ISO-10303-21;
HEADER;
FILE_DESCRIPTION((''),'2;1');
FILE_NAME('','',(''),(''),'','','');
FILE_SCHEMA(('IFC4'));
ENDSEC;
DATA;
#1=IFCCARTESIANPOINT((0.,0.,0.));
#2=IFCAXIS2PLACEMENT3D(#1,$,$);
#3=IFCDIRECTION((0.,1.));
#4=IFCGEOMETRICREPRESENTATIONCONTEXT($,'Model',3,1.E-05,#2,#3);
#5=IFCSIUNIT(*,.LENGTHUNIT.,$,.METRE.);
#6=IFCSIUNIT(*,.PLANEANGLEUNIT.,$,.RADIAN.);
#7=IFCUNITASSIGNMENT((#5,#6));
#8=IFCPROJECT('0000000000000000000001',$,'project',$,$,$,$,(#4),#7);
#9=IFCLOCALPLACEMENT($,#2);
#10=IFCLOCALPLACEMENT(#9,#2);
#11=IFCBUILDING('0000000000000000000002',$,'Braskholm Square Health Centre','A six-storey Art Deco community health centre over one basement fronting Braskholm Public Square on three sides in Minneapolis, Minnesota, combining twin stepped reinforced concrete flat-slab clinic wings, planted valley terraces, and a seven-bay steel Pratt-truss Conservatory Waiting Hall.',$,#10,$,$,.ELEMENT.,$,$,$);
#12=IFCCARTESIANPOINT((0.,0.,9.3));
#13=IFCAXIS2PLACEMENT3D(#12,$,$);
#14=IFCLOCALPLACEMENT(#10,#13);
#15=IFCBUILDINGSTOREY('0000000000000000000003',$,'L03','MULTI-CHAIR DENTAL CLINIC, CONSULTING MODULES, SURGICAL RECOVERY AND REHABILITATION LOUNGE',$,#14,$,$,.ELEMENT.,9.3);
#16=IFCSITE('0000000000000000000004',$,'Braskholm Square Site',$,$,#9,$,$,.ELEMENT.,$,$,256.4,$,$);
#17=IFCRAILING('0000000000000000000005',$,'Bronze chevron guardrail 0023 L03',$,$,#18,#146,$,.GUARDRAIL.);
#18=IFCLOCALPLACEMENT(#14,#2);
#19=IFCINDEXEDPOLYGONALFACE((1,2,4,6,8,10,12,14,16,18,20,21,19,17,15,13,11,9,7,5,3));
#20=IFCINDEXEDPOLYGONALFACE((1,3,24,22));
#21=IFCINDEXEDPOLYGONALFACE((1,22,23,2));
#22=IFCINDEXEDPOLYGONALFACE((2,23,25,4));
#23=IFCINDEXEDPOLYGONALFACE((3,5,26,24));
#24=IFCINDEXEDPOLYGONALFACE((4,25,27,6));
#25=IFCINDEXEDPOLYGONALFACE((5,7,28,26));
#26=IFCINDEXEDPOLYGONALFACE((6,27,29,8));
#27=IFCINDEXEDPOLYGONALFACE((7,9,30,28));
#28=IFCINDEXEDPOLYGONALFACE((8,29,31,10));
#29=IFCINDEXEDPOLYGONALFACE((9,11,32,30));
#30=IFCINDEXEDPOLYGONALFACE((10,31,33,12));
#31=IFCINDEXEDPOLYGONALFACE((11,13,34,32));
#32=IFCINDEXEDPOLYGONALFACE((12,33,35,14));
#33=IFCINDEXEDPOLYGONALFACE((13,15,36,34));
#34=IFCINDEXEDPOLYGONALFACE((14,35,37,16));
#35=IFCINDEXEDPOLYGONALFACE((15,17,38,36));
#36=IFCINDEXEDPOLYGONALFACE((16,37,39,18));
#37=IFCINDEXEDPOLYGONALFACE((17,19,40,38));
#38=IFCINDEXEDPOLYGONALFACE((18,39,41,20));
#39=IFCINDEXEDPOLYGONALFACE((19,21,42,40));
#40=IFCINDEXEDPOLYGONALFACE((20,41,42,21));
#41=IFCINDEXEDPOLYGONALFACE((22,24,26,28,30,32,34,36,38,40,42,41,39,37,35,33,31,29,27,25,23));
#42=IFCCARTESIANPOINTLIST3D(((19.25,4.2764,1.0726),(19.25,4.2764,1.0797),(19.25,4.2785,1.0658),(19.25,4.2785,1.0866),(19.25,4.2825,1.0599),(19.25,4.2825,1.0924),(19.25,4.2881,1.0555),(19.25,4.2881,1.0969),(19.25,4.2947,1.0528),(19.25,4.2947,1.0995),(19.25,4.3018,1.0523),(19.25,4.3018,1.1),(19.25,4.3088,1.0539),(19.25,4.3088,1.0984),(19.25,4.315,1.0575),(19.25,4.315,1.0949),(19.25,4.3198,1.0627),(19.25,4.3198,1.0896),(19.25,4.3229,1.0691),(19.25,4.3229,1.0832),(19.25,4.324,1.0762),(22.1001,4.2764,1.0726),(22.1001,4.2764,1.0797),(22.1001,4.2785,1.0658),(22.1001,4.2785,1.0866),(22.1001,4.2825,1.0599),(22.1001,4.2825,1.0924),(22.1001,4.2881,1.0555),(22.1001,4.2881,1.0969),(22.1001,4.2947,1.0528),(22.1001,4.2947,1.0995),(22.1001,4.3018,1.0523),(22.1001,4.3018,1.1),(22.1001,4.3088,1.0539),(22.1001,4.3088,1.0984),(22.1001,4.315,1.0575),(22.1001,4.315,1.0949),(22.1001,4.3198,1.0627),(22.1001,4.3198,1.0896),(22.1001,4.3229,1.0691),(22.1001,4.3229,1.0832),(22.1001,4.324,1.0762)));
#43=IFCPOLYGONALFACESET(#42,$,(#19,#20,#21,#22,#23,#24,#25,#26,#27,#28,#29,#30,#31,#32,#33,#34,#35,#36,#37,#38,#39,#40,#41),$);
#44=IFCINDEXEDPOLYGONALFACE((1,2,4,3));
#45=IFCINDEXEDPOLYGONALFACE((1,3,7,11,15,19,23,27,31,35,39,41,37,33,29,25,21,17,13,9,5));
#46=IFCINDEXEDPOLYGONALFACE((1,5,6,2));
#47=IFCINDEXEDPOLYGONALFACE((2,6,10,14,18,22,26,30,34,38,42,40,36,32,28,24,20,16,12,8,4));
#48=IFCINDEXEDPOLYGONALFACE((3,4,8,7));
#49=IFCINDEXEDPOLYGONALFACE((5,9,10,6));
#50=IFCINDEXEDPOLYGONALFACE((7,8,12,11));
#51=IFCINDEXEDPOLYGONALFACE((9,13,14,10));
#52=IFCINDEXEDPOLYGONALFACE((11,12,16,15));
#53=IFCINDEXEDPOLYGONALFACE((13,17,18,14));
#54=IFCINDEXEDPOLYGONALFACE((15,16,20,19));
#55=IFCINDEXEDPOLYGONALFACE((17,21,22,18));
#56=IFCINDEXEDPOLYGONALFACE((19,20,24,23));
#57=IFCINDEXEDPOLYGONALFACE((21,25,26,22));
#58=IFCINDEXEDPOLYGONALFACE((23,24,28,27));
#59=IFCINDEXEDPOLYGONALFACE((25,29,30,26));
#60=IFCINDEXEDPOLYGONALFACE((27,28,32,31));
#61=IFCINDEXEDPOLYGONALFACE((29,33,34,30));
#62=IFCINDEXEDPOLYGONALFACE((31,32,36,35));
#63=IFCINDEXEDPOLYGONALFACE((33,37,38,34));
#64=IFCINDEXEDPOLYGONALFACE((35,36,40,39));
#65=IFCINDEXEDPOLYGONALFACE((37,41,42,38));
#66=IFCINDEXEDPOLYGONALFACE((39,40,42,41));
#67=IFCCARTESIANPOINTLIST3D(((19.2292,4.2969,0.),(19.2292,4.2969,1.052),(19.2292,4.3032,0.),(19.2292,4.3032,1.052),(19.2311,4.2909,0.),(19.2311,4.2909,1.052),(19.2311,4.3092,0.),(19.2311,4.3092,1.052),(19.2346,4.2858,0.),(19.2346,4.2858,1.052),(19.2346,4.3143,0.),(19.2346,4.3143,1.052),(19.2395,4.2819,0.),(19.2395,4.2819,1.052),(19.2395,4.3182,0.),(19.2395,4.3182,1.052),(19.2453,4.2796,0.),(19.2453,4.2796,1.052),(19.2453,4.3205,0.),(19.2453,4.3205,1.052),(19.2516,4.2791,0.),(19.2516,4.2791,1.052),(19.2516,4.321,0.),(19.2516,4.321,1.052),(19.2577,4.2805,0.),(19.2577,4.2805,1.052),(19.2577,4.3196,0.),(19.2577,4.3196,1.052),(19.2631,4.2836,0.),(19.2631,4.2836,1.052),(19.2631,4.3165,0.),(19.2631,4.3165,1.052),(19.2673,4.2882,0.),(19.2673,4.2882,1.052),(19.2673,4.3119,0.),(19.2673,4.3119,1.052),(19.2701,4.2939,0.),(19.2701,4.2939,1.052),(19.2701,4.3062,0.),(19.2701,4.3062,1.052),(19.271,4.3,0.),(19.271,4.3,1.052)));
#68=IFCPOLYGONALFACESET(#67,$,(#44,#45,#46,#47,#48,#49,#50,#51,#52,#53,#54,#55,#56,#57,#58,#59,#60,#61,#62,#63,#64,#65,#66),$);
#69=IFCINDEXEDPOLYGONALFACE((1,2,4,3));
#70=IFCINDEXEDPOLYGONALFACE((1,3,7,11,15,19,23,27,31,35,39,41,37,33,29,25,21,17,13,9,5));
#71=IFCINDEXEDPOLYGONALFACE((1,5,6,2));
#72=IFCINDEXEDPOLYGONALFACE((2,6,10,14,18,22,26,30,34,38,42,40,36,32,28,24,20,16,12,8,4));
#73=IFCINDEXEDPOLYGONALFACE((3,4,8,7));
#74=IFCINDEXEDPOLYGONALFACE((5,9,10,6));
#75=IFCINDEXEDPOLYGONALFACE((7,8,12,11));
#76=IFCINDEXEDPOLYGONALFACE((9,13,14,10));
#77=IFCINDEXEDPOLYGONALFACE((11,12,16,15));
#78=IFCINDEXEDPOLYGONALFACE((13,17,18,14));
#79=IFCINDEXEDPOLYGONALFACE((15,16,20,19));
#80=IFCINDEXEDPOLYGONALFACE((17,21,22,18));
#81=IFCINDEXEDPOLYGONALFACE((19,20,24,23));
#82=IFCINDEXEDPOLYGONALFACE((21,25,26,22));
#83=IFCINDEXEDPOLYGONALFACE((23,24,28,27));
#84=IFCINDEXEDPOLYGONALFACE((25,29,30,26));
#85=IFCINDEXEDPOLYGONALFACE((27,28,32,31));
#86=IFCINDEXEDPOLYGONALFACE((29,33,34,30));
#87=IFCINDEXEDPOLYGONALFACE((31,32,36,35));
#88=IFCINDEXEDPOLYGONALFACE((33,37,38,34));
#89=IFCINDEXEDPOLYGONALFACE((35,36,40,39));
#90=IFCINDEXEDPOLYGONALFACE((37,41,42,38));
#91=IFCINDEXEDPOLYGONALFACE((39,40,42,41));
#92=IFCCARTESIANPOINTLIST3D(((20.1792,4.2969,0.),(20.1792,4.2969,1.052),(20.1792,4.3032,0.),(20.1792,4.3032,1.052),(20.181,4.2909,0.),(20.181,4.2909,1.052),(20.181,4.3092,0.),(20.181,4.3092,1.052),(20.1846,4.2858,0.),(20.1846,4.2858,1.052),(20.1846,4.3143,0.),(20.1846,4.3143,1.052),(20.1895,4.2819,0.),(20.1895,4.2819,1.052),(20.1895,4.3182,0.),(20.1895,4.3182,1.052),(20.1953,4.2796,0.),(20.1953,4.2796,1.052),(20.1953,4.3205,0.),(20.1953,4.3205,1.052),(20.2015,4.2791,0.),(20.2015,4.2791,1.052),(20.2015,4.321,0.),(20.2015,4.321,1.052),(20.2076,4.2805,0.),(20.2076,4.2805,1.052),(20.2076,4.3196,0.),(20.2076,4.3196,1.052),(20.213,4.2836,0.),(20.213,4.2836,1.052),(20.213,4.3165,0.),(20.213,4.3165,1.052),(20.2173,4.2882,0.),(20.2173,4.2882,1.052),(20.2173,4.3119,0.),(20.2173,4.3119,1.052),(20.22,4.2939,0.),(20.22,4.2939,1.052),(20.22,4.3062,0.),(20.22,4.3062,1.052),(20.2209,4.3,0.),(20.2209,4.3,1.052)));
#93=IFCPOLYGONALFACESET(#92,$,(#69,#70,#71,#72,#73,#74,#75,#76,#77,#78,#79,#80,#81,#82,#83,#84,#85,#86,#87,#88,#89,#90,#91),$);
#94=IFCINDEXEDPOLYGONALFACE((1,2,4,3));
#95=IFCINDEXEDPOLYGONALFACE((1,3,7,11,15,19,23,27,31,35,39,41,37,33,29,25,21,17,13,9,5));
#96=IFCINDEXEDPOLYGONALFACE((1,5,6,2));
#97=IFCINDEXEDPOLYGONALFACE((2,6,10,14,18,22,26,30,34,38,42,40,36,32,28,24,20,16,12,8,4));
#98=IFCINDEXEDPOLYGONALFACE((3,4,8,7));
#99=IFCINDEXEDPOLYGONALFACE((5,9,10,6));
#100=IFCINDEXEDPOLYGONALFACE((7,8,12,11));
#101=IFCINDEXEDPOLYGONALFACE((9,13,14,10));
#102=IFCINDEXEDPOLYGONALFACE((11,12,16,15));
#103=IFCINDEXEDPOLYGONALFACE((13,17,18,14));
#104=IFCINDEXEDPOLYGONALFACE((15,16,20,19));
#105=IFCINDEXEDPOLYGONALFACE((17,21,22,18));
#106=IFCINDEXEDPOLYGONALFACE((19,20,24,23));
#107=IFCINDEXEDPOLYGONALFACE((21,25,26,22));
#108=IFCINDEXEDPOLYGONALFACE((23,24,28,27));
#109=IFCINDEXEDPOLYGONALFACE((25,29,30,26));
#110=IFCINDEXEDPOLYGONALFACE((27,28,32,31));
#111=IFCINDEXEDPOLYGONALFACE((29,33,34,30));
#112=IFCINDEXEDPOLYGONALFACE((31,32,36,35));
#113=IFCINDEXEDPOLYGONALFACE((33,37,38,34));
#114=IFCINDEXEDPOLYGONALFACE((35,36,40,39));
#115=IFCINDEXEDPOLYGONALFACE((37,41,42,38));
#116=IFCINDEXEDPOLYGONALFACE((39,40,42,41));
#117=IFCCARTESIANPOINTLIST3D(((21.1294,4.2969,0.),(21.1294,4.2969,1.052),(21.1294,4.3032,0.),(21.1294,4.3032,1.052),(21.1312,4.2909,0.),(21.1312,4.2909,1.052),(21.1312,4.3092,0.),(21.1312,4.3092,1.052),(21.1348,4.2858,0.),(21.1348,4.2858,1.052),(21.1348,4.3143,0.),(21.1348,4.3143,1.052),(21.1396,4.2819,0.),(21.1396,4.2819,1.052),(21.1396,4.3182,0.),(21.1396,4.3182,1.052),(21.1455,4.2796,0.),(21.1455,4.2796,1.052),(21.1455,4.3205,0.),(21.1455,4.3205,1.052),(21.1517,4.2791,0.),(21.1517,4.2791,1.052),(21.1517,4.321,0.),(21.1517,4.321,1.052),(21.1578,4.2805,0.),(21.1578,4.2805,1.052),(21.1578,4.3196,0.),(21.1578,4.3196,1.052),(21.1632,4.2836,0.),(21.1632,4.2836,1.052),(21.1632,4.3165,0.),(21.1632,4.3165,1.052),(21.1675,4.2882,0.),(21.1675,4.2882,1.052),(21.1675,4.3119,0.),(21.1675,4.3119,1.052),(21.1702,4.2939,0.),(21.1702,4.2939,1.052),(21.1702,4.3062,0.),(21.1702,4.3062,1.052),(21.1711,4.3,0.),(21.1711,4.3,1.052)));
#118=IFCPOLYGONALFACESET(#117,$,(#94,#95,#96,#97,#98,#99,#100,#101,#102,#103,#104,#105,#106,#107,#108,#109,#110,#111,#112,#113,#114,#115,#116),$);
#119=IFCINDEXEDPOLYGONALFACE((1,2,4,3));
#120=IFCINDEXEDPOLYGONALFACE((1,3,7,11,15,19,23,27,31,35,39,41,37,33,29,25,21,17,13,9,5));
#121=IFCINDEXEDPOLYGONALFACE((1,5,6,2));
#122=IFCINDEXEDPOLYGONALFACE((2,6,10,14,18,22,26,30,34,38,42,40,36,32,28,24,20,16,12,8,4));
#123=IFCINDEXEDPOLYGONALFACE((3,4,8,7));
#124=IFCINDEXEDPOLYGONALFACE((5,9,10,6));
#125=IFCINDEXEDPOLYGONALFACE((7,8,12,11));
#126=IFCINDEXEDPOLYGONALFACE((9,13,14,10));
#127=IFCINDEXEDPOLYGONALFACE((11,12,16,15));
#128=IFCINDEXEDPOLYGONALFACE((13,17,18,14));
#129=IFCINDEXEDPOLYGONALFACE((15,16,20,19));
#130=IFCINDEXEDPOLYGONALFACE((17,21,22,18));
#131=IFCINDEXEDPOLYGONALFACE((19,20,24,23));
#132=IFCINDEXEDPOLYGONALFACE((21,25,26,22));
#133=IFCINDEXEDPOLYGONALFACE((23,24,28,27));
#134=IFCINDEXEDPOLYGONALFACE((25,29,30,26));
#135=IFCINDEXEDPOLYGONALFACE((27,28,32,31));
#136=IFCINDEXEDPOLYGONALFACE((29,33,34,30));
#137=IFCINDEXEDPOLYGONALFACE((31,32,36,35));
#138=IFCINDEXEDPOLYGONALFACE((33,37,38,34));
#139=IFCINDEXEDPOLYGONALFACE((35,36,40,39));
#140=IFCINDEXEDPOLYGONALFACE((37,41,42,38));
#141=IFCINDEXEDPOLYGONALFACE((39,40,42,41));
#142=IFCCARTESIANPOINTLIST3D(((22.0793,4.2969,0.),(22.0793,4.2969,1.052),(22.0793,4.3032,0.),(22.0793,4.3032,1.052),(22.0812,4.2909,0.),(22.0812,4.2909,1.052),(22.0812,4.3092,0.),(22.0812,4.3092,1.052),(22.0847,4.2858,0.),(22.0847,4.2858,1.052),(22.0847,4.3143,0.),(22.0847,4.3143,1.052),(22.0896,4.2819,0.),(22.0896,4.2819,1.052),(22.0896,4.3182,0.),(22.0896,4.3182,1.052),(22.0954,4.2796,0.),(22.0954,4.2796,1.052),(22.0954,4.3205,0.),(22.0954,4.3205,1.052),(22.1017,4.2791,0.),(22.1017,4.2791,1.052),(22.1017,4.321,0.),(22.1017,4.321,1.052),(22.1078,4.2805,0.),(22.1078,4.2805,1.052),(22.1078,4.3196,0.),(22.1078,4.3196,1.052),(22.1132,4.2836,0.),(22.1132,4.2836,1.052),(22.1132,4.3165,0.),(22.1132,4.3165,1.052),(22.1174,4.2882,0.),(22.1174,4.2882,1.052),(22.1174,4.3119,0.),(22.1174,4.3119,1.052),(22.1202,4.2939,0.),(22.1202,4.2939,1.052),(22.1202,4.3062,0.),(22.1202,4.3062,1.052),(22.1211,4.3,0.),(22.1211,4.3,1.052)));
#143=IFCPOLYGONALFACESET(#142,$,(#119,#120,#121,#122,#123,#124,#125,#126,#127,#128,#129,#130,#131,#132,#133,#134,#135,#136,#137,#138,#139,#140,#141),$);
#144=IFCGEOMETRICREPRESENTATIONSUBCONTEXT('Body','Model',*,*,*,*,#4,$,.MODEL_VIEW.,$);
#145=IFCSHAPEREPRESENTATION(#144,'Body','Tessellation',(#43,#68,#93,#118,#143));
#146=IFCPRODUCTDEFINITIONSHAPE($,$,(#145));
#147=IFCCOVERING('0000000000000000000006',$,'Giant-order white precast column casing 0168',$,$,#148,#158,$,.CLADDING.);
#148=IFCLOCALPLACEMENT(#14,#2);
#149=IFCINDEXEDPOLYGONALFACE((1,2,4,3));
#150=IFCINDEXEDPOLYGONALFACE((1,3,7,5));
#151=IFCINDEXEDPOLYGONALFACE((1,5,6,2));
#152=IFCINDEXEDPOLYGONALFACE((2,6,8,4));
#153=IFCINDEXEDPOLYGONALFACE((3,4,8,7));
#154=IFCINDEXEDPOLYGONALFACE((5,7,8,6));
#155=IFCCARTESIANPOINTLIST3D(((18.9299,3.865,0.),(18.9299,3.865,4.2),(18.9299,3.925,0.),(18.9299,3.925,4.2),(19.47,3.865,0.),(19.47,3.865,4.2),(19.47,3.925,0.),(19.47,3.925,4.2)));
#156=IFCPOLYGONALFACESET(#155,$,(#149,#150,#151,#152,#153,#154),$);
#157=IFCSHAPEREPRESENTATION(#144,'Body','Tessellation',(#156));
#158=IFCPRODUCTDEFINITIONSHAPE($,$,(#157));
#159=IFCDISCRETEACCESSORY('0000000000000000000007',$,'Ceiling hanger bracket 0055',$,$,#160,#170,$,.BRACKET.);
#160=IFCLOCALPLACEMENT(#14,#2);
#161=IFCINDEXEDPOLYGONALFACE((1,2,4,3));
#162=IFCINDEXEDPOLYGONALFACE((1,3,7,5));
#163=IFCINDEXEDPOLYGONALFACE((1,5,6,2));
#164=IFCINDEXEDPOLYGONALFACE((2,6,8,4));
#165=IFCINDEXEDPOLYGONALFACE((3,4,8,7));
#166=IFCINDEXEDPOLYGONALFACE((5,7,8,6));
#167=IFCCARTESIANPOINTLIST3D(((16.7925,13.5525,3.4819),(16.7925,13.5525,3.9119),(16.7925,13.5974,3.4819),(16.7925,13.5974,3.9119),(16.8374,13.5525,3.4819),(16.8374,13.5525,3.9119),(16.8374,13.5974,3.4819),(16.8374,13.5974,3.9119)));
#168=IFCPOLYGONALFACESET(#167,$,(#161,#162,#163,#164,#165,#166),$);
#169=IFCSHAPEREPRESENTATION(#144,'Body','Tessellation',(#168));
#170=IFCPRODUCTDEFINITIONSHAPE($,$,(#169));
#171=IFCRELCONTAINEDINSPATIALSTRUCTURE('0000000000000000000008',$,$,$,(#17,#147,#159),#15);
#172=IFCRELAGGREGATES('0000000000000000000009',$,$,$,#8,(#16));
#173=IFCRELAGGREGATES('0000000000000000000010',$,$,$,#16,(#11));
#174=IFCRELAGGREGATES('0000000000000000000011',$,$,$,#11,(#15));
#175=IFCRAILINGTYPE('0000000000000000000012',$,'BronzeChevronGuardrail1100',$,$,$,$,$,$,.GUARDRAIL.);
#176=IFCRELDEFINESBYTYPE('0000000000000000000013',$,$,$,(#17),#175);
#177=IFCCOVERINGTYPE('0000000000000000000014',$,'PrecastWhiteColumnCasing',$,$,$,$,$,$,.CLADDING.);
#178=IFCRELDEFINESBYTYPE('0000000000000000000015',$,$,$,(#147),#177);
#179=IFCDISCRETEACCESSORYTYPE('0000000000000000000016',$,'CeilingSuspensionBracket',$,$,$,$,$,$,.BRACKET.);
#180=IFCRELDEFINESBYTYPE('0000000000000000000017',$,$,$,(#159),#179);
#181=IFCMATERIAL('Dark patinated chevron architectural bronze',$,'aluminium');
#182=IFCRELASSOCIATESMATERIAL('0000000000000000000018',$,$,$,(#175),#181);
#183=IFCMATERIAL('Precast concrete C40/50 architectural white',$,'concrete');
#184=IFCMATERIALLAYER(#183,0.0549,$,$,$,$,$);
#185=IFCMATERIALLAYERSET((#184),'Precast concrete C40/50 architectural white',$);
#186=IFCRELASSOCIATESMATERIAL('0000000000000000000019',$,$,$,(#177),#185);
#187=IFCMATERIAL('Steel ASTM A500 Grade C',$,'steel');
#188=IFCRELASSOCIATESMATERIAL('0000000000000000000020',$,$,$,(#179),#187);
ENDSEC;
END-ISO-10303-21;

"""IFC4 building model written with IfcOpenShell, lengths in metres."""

from ifc_helpers import new_model, si_unit, direction, frame, origin, origin_2d, place, context, subcontext, project, spatial, rectangle, circle, extrude, material, layer, layer_set, type_object, element, save


model = new_model("IFC4")

# Units and contexts
model_context = context("Model", 3, precision=1e-05, world=origin(), true_north=direction((0.0, 1.0)))
body_context = subcontext(model_context, "Body", "Model", "MODEL_VIEW")
ifc_project = project(units=[si_unit("LENGTHUNIT", "METRE"), si_unit("PLANEANGLEUNIT", "RADIAN")], contexts=[model_context])

# Site, building, storey
site_placement = place(None, origin())
site = spatial("IfcSite", under=ifc_project, at=site_placement, Name="Braskholm Square Site", CompositionType="ELEMENT", RefElevation=256.4)
building_placement = place(site_placement, origin())
building = spatial("IfcBuilding", under=site, at=building_placement, Name="Braskholm Square Health Centre", Description="A six-storey Art Deco community health centre over one basement fronting Braskholm Public Square on three sides in Minneapolis, Minnesota, combining twin stepped reinforced concrete flat-slab clinic wings, planted valley terraces, and a seven-bay steel Pratt-truss Conservatory Waiting Hall.", CompositionType="ELEMENT")
storey_placement = place(building_placement, frame((0.0, 0.0, 9.3)))
storey = spatial("IfcBuildingStorey", under=building, at=storey_placement, Name="L03", Description="MULTI-CHAIR DENTAL CLINIC, CONSULTING MODULES, SURGICAL RECOVERY AND REHABILITATION LOUNGE", CompositionType="ELEMENT", Elevation=9.3)

# Shared definitions
ifc_material_1 = material(Name="Precast concrete C40/50 architectural white", Category="concrete")

# Railing
ifc_material_2 = material(Name="Dark patinated chevron architectural bronze", Category="aluminium")
railing_type = type_object("IfcRailingType", Name="BronzeChevronGuardrail1100", PredefinedType="GUARDRAIL", material=ifc_material_2)
railing_1_placement = place(storey_placement, frame((19.25, 4.3, 0.0)))
element("IfcRailing", 1, at=railing_1_placement, inside=storey, type_object=railing_type, Name="Bronze chevron guardrail 0023 L03", PredefinedType="GUARDRAIL", context=body_context, shape_type="SweptSolid", body=[
    extrude(circle(Radius=0.0239, at=origin_2d()), frame((0.0, 0.0, 1.0762), z_axis=(1.0, 0.0, 0.0), x_axis=(0.0, 1.0, 0.0)), (0.0, 0.0, 1.0), 2.8501),
    extrude(circle(Radius=0.021, at=origin_2d()), origin(), (0.0, 0.0, 1.0), 1.052),
    extrude(circle(Radius=0.021, at=origin_2d()), frame((0.95, 0.0, 0.0)), (0.0, 0.0, 1.0), 1.052),
    extrude(circle(Radius=0.021, at=origin_2d()), frame((1.9001, 0.0, 0.0)), (0.0, 0.0, 1.0), 1.052),
    extrude(circle(Radius=0.021, at=origin_2d()), frame((2.8501, 0.0, 0.0)), (0.0, 0.0, 1.0), 1.052),
])

# Covering
ifc_layer_1 = layer(ifc_material_1, 0.0549)
ifc_layer_set_1 = layer_set([ifc_layer_1], Name="Precast concrete C40/50 architectural white")
covering_type = type_object("IfcCoveringType", Name="PrecastWhiteColumnCasing", PredefinedType="CLADDING", material=ifc_layer_set_1)
covering_placement = place(storey_placement, frame((19.2, 3.895, 0.0), z_axis=(0.0, 0.0, 1.0), x_axis=(1.0, 0.0, 0.0)))
element("IfcCovering", 2, at=covering_placement, inside=storey, type_object=covering_type, Name="Giant-order white precast column casing 0168", PredefinedType="CLADDING", context=body_context, shape_type="SweptSolid", body=[
    extrude(rectangle(XDim=0.54, YDim=0.0601, at=origin_2d()), origin(), (0.0, 0.0, 1.0), 4.2),
])

# Discrete accessory
ifc_material_3 = material(Name="Steel ASTM A500 Grade C", Category="steel")
discrete_accessory_type = type_object("IfcDiscreteAccessoryType", Name="CeilingSuspensionBracket", PredefinedType="BRACKET", material=ifc_material_3)
discrete_accessory_placement = place(storey_placement, frame((16.8149, 13.575, 3.4819), z_axis=(0.0, 0.0, 1.0), x_axis=(1.0, 0.0, 0.0)))
element("IfcDiscreteAccessory", 3, at=discrete_accessory_placement, inside=storey, type_object=discrete_accessory_type, Name="Ceiling hanger bracket 0055", PredefinedType="BRACKET", context=body_context, shape_type="SweptSolid", body=[
    extrude(rectangle(XDim=0.0449, YDim=0.0449, at=origin_2d()), origin(), (0.0, 0.0, 1.0), 0.4299),
])

save(model, "model.ifc")
